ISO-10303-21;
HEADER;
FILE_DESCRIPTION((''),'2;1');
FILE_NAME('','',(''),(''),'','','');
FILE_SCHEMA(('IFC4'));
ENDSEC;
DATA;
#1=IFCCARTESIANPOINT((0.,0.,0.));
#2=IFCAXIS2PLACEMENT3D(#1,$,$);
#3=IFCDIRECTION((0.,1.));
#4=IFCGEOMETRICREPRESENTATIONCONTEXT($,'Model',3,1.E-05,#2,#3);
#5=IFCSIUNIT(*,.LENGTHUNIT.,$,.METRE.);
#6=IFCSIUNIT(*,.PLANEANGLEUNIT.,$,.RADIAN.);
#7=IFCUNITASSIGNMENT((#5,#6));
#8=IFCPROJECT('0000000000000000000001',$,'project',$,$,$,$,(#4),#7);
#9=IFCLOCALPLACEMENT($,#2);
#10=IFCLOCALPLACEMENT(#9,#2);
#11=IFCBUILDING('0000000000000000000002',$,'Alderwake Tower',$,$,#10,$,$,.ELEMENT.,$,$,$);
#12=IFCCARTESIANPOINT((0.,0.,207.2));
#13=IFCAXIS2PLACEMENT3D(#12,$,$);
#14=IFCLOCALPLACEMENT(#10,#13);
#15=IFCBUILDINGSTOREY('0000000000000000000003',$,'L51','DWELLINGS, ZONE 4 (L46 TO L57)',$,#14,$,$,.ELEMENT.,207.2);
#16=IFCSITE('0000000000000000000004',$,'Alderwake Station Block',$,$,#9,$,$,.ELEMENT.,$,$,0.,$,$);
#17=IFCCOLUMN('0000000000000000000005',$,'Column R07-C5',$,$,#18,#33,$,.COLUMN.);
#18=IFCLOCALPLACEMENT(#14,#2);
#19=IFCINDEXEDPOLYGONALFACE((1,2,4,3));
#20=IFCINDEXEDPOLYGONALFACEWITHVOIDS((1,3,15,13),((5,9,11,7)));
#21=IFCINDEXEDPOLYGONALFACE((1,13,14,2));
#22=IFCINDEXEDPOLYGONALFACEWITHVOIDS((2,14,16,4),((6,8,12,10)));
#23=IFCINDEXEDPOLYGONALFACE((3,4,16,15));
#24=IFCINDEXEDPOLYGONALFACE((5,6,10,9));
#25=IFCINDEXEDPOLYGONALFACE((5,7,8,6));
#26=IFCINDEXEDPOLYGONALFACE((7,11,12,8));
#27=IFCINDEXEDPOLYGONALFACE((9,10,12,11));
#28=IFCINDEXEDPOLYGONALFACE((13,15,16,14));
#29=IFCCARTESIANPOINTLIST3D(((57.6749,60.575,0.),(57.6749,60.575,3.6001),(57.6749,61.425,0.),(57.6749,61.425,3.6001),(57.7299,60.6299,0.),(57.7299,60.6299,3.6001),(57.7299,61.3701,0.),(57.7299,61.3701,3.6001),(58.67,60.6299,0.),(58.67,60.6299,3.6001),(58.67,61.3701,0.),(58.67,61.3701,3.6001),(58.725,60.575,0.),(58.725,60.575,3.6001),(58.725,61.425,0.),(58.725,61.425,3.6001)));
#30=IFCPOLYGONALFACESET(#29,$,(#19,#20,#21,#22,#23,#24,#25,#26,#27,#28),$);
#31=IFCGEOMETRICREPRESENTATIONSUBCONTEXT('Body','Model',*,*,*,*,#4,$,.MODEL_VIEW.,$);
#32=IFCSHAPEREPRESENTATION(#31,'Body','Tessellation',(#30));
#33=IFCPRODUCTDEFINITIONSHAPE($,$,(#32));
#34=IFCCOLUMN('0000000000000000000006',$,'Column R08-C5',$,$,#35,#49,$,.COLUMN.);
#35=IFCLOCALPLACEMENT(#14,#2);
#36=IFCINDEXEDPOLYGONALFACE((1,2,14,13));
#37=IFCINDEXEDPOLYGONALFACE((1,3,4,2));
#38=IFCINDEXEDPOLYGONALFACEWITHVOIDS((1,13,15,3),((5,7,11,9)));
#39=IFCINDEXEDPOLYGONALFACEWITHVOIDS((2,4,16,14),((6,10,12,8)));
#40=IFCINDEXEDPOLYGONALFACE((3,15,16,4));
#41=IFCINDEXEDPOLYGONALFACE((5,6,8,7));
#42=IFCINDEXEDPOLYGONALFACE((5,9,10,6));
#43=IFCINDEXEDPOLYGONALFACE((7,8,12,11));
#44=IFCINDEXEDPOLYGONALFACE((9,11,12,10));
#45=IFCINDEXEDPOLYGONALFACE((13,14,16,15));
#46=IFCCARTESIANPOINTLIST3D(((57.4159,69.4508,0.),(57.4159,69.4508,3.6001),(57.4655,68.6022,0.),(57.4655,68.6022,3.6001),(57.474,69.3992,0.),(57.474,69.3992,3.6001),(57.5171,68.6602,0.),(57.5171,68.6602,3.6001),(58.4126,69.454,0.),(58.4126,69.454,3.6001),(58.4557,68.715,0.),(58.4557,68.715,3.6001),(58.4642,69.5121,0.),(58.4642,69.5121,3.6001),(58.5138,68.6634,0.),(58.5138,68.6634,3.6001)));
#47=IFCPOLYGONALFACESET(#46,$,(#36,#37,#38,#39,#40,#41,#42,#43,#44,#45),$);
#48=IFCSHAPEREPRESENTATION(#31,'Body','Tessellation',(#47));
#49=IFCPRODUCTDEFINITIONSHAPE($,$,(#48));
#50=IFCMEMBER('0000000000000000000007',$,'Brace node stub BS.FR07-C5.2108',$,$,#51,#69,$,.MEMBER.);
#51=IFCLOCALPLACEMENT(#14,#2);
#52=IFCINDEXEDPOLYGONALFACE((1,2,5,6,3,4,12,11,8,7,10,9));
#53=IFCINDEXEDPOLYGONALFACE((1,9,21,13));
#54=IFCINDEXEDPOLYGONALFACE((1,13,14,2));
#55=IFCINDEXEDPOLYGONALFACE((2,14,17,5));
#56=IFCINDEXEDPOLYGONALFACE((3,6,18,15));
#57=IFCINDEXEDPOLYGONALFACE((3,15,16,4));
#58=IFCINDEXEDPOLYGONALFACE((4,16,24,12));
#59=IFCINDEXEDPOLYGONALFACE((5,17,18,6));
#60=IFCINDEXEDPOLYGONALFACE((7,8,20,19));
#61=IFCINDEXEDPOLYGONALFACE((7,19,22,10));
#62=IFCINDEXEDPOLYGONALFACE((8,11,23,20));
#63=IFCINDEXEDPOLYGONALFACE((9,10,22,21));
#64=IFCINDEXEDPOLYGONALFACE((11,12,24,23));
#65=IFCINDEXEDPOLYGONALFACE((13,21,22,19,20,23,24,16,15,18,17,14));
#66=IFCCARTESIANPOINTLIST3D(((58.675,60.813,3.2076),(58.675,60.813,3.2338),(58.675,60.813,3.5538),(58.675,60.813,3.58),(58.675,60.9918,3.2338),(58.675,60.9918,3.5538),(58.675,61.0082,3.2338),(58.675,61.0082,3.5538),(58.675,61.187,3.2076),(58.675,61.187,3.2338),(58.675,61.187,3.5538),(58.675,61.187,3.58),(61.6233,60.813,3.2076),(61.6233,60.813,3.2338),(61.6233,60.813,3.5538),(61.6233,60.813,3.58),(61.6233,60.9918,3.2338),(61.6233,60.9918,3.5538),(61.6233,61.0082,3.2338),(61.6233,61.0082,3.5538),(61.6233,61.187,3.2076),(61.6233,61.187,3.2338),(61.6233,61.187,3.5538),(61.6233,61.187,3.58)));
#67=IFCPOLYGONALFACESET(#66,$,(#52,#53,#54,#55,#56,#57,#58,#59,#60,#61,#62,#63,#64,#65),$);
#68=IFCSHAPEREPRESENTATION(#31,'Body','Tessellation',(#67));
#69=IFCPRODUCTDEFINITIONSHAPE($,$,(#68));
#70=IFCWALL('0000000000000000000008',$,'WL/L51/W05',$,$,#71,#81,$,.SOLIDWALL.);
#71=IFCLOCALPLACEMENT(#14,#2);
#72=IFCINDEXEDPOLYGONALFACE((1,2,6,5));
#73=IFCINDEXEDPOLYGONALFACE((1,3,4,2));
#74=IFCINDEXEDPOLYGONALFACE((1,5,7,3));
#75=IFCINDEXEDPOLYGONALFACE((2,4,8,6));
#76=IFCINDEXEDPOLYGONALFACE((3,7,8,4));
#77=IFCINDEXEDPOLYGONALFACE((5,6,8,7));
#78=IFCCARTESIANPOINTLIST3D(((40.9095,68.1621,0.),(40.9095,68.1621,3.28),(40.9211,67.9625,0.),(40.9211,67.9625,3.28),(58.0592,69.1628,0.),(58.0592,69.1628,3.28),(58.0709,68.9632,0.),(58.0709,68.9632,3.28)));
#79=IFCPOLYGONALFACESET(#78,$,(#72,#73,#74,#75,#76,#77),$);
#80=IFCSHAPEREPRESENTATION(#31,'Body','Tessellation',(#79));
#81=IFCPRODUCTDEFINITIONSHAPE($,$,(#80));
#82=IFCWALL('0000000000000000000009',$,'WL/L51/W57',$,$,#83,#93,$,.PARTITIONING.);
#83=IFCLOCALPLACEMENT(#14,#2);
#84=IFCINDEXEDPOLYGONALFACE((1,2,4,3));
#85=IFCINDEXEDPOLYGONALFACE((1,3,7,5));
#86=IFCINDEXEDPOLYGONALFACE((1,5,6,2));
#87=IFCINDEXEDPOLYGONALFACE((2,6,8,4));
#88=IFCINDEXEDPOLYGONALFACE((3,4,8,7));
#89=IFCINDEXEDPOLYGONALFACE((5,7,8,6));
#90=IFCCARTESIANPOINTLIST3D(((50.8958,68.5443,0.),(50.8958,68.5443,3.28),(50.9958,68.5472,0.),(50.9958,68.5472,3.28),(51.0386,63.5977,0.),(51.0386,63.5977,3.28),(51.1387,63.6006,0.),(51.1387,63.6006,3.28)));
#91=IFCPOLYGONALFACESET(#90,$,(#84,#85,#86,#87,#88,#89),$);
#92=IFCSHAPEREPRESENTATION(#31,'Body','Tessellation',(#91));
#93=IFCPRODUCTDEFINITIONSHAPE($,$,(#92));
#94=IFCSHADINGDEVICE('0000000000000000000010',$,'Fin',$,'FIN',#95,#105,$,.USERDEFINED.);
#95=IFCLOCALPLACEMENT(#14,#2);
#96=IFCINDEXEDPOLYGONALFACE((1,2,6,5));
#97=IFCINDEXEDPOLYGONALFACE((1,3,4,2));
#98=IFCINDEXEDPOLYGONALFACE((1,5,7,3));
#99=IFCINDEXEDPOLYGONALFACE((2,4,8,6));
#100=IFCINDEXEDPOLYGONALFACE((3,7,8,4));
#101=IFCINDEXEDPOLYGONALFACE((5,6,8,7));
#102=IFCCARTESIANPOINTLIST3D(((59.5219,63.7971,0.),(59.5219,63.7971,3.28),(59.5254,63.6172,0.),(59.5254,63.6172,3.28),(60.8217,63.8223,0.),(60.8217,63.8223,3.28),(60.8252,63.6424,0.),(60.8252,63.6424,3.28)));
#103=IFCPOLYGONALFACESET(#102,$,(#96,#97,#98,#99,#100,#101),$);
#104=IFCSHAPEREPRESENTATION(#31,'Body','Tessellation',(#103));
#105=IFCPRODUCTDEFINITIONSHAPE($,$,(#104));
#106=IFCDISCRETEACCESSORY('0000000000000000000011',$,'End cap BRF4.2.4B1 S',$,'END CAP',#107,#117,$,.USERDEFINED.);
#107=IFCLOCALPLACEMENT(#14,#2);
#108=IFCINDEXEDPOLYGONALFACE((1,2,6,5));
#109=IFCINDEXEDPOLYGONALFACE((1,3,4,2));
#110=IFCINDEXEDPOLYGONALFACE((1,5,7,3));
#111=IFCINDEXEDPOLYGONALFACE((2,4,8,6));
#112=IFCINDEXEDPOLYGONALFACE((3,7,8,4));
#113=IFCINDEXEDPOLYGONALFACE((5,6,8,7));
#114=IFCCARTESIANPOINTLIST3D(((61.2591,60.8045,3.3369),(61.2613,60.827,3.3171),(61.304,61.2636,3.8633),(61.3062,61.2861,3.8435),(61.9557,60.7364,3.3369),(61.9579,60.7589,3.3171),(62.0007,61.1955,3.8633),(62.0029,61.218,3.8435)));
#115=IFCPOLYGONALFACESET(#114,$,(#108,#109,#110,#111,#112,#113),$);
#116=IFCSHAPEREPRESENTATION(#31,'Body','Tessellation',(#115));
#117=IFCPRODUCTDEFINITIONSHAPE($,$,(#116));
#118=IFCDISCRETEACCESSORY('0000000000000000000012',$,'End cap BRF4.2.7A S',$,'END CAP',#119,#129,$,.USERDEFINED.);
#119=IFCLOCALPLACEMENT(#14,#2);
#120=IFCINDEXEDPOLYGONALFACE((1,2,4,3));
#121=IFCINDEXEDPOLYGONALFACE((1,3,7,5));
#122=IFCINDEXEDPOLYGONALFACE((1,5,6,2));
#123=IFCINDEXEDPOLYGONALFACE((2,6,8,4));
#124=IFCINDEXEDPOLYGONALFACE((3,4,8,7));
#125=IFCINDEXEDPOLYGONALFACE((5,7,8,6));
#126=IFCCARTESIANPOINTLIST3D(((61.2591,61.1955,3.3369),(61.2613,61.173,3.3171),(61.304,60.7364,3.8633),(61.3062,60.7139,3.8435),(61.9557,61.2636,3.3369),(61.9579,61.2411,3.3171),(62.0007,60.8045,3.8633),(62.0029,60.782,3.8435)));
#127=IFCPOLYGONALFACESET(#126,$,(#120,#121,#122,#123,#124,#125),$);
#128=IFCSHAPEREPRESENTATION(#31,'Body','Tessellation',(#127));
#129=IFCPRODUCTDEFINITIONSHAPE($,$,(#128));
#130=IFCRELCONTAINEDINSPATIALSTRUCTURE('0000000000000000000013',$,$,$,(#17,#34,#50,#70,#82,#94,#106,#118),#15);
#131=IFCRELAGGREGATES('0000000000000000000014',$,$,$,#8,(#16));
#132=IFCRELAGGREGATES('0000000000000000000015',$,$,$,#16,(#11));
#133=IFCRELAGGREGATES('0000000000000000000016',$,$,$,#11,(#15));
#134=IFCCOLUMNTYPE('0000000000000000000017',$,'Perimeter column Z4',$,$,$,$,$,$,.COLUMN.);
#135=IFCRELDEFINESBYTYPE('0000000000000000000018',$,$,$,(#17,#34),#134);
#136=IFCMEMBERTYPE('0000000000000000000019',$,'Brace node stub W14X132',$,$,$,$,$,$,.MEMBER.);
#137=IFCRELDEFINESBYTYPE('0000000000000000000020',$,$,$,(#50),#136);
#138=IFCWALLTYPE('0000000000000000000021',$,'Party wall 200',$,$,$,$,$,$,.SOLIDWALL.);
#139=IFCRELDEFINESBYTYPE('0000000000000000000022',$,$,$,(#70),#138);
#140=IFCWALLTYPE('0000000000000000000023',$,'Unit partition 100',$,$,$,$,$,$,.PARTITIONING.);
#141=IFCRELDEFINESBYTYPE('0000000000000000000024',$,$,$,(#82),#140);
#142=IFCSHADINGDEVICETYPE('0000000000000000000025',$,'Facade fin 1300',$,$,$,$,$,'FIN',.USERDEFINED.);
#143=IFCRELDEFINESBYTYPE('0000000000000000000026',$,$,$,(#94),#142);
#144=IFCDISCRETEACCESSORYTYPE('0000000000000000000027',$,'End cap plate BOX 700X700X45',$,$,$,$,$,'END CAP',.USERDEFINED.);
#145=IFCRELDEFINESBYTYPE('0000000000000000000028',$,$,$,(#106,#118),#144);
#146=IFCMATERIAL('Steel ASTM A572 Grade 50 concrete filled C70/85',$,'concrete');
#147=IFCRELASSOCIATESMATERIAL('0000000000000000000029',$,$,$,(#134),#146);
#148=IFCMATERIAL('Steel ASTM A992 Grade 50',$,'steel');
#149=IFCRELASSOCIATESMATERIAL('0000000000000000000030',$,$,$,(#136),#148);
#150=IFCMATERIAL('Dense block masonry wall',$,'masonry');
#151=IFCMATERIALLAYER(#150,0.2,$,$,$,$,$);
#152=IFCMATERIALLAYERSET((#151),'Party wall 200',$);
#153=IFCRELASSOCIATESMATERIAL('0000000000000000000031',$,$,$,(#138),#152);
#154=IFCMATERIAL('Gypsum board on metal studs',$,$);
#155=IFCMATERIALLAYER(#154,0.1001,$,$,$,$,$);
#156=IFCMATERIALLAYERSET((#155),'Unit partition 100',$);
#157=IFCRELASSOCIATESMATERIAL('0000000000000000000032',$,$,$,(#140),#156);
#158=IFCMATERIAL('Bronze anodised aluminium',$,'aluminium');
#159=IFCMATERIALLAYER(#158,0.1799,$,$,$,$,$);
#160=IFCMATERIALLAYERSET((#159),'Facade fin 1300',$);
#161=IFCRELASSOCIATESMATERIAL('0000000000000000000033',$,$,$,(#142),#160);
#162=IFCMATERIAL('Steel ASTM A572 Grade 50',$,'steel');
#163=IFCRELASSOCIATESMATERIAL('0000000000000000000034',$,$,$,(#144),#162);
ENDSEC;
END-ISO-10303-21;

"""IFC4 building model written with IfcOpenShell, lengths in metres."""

from ifc_helpers import new_model, si_unit, direction, frame, frame_2d, origin, origin_2d, place, context, subcontext, project, spatial, rectangle, hollow_rectangle, i_section, extrude, material, layer, layer_set, material_profile, profile_set, type_object, element, save


model = new_model("IFC4")

# Units and contexts
model_context = context("Model", 3, precision=1e-05, world=origin(), true_north=direction((0.0, 1.0)))
body_context = subcontext(model_context, "Body", "Model", "MODEL_VIEW")
ifc_project = project(units=[si_unit("LENGTHUNIT", "METRE"), si_unit("PLANEANGLEUNIT", "RADIAN")], contexts=[model_context])

# Site, building, storey
site_placement = place(None, origin())
site = spatial("IfcSite", under=ifc_project, at=site_placement, Name="Alderwake Station Block", CompositionType="ELEMENT", RefElevation=0.0)
building_placement = place(site_placement, origin())
building = spatial("IfcBuilding", under=site, at=building_placement, Name="Alderwake Tower", CompositionType="ELEMENT")
storey_placement = place(building_placement, frame((0.0, 0.0, 207.2)))
storey = spatial("IfcBuildingStorey", under=building, at=storey_placement, Name="L51", Description="DWELLINGS, ZONE 4 (L46 TO L57)", CompositionType="ELEMENT", Elevation=207.2)

# Columns
ifc_material_1 = material(Name="Steel ASTM A572 Grade 50 concrete filled C70/85", Category="concrete")
ifc_material_profile_1 = material_profile(ifc_material_1, hollow_rectangle(XDim=0.8501, YDim=1.05, WallThickness=0.0549, at=origin_2d()), Name="BOX 1050X850X55")
ifc_profile_set_1 = profile_set([ifc_material_profile_1], Name="Steel ASTM A572 Grade 50 concrete filled C70/85")
column_type = type_object("IfcColumnType", Name="Perimeter column Z4", PredefinedType="COLUMN", material=ifc_profile_set_1)
for number, where, z_axis, x_axis, name in (
    (1, (58.2, 61.0, 0.0), (0.0, 0.0, 1.0), (0.0, 1.0, 0.0), "Column R07-C5"),
    (2, (57.9648, 69.0571, 0.0), (0.0, 0.0, 1.0), (-0.058301, 0.998299, 0.0), "Column R08-C5"),
):
    element("IfcColumn", number, at=place(storey_placement, frame(where, z_axis=z_axis, x_axis=x_axis)), inside=storey, type_object=column_type, Name=name, PredefinedType="COLUMN", context=body_context, shape_type="SweptSolid", body=[
        extrude(hollow_rectangle(XDim=0.8501, YDim=1.05, WallThickness=0.0549, at=origin_2d()), origin(), (0.0, 0.0, 1.0), 3.6001),
    ])

# Member
ifc_material_2 = material(Name="Steel ASTM A992 Grade 50", Category="steel")
ifc_material_profile_2 = material_profile(ifc_material_2, i_section(OverallWidth=0.374, OverallDepth=0.3723, WebThickness=0.0164, FlangeThickness=0.0261, at=origin_2d()), Name="W14X132")
ifc_profile_set_2 = profile_set([ifc_material_profile_2], Name="Steel ASTM A992 Grade 50")
member_type = type_object("IfcMemberType", Name="Brace node stub W14X132", PredefinedType="MEMBER", material=ifc_profile_set_2)
member_placement = place(storey_placement, frame((58.675, 61.0, 3.3938), z_axis=(1.0, 0.0, 0.0), x_axis=(0.0, 1.0, 0.0)))
element("IfcMember", 3, at=member_placement, inside=storey, type_object=member_type, Name="Brace node stub BS.FR07-C5.2108", PredefinedType="MEMBER", context=body_context, shape_type="SweptSolid", body=[
    extrude(i_section(OverallWidth=0.374, OverallDepth=0.3723, WebThickness=0.0164, FlangeThickness=0.0261, at=origin_2d()), origin(), (0.0, 0.0, 1.0), 2.9482),
])

# Walls
ifc_material_3 = material(Name="Dense block masonry wall", Category="masonry")
ifc_layer_1 = layer(ifc_material_3, 0.2)
ifc_layer_set_1 = layer_set([ifc_layer_1], Name="Party wall 200")
wall_type_1 = type_object("IfcWallType", Name="Party wall 200", PredefinedType="SOLIDWALL", material=ifc_layer_set_1)
wall_1_placement = place(storey_placement, frame((58.0649, 69.063, 0.0), z_axis=(0.0, 0.0, 1.0), x_axis=(-0.998302, -0.058253, 0.0)))
element("IfcWall", 4, at=wall_1_placement, inside=storey, type_object=wall_type_1, Name="WL/L51/W05", PredefinedType="SOLIDWALL", context=body_context, shape_type="SweptSolid", body=[
    extrude(rectangle(XDim=17.179, YDim=0.2, at=frame_2d((8.5894, 0.0))), origin(), (0.0, 0.0, 1.0), 3.28),
])
ifc_material_4 = material(Name="Gypsum board on metal studs")
ifc_layer_2 = layer(ifc_material_4, 0.1001)
ifc_layer_set_2 = layer_set([ifc_layer_2], Name="Unit partition 100")
wall_type_2 = type_object("IfcWallType", Name="Unit partition 100", PredefinedType="PARTITIONING", material=ifc_layer_set_2)
wall_2_placement = place(storey_placement, frame((51.0886, 63.5991, 0.0), z_axis=(0.0, 0.0, 1.0), x_axis=(-0.02886, 0.999583, 0.0)))
element("IfcWall", 5, at=wall_2_placement, inside=storey, type_object=wall_type_2, Name="WL/L51/W57", PredefinedType="PARTITIONING", context=body_context, shape_type="SweptSolid", body=[
    extrude(rectangle(XDim=4.9487, YDim=0.1001, at=frame_2d((2.4744, 0.0))), origin(), (0.0, 0.0, 1.0), 3.28),
])

# Shading device
ifc_material_5 = material(Name="Bronze anodised aluminium", Category="aluminium")
ifc_layer_3 = layer(ifc_material_5, 0.1799)
ifc_layer_set_3 = layer_set([ifc_layer_3], Name="Facade fin 1300")
shading_device_type = type_object("IfcShadingDeviceType", Name="Facade fin 1300", ElementType="FIN", PredefinedType="USERDEFINED", material=ifc_layer_set_3)
shading_device_placement = place(storey_placement, frame((60.1736, 63.7197, 0.0), z_axis=(0.0, 0.0, 1.0), x_axis=(0.999812, 0.019398, 0.0)))
element("IfcShadingDevice", 6, at=shading_device_placement, inside=storey, type_object=shading_device_type, Name="Fin", ObjectType="FIN", PredefinedType="USERDEFINED", context=body_context, shape_type="SweptSolid", body=[
    extrude(rectangle(XDim=1.3, YDim=0.1799, at=origin_2d()), origin(), (0.0, 0.0, 1.0), 3.28),
])

# Discrete accessories
ifc_material_6 = material(Name="Steel ASTM A572 Grade 50", Category="steel")
ifc_material_profile_3 = material_profile(ifc_material_6, rectangle(XDim=0.7, YDim=0.7, at=origin_2d()), Name="BOX 700X700X45 cap")
ifc_profile_set_3 = profile_set([ifc_material_profile_3], Name="Steel ASTM A572 Grade 50")
discrete_accessory_type = type_object("IfcDiscreteAccessoryType", Name="End cap plate BOX 700X700X45", ElementType="END CAP", PredefinedType="USERDEFINED", material=ifc_profile_set_3)
for number, where, z_axis, x_axis, name in (
    (7, (61.6299, 61.0, 3.6001), (0.073226, 0.748537, -0.659038), (-0.995249, 0.097361, 0.0), "End cap BRF4.2.4B1 S"),
    (8, (61.6299, 61.0, 3.6001), (0.073226, -0.748537, -0.659038), (0.995249, 0.097361, 0.0), "End cap BRF4.2.7A S"),
):
    element("IfcDiscreteAccessory", number, at=place(storey_placement, frame(where, z_axis=z_axis, x_axis=x_axis)), inside=storey, type_object=discrete_accessory_type, Name=name, ObjectType="END CAP", PredefinedType="USERDEFINED", context=body_context, shape_type="SweptSolid", body=[
        extrude(rectangle(XDim=0.7, YDim=0.7, at=origin_2d()), origin(), (0.0, 0.0, 1.0), 0.03),
    ])

save(model, "model.ifc")
